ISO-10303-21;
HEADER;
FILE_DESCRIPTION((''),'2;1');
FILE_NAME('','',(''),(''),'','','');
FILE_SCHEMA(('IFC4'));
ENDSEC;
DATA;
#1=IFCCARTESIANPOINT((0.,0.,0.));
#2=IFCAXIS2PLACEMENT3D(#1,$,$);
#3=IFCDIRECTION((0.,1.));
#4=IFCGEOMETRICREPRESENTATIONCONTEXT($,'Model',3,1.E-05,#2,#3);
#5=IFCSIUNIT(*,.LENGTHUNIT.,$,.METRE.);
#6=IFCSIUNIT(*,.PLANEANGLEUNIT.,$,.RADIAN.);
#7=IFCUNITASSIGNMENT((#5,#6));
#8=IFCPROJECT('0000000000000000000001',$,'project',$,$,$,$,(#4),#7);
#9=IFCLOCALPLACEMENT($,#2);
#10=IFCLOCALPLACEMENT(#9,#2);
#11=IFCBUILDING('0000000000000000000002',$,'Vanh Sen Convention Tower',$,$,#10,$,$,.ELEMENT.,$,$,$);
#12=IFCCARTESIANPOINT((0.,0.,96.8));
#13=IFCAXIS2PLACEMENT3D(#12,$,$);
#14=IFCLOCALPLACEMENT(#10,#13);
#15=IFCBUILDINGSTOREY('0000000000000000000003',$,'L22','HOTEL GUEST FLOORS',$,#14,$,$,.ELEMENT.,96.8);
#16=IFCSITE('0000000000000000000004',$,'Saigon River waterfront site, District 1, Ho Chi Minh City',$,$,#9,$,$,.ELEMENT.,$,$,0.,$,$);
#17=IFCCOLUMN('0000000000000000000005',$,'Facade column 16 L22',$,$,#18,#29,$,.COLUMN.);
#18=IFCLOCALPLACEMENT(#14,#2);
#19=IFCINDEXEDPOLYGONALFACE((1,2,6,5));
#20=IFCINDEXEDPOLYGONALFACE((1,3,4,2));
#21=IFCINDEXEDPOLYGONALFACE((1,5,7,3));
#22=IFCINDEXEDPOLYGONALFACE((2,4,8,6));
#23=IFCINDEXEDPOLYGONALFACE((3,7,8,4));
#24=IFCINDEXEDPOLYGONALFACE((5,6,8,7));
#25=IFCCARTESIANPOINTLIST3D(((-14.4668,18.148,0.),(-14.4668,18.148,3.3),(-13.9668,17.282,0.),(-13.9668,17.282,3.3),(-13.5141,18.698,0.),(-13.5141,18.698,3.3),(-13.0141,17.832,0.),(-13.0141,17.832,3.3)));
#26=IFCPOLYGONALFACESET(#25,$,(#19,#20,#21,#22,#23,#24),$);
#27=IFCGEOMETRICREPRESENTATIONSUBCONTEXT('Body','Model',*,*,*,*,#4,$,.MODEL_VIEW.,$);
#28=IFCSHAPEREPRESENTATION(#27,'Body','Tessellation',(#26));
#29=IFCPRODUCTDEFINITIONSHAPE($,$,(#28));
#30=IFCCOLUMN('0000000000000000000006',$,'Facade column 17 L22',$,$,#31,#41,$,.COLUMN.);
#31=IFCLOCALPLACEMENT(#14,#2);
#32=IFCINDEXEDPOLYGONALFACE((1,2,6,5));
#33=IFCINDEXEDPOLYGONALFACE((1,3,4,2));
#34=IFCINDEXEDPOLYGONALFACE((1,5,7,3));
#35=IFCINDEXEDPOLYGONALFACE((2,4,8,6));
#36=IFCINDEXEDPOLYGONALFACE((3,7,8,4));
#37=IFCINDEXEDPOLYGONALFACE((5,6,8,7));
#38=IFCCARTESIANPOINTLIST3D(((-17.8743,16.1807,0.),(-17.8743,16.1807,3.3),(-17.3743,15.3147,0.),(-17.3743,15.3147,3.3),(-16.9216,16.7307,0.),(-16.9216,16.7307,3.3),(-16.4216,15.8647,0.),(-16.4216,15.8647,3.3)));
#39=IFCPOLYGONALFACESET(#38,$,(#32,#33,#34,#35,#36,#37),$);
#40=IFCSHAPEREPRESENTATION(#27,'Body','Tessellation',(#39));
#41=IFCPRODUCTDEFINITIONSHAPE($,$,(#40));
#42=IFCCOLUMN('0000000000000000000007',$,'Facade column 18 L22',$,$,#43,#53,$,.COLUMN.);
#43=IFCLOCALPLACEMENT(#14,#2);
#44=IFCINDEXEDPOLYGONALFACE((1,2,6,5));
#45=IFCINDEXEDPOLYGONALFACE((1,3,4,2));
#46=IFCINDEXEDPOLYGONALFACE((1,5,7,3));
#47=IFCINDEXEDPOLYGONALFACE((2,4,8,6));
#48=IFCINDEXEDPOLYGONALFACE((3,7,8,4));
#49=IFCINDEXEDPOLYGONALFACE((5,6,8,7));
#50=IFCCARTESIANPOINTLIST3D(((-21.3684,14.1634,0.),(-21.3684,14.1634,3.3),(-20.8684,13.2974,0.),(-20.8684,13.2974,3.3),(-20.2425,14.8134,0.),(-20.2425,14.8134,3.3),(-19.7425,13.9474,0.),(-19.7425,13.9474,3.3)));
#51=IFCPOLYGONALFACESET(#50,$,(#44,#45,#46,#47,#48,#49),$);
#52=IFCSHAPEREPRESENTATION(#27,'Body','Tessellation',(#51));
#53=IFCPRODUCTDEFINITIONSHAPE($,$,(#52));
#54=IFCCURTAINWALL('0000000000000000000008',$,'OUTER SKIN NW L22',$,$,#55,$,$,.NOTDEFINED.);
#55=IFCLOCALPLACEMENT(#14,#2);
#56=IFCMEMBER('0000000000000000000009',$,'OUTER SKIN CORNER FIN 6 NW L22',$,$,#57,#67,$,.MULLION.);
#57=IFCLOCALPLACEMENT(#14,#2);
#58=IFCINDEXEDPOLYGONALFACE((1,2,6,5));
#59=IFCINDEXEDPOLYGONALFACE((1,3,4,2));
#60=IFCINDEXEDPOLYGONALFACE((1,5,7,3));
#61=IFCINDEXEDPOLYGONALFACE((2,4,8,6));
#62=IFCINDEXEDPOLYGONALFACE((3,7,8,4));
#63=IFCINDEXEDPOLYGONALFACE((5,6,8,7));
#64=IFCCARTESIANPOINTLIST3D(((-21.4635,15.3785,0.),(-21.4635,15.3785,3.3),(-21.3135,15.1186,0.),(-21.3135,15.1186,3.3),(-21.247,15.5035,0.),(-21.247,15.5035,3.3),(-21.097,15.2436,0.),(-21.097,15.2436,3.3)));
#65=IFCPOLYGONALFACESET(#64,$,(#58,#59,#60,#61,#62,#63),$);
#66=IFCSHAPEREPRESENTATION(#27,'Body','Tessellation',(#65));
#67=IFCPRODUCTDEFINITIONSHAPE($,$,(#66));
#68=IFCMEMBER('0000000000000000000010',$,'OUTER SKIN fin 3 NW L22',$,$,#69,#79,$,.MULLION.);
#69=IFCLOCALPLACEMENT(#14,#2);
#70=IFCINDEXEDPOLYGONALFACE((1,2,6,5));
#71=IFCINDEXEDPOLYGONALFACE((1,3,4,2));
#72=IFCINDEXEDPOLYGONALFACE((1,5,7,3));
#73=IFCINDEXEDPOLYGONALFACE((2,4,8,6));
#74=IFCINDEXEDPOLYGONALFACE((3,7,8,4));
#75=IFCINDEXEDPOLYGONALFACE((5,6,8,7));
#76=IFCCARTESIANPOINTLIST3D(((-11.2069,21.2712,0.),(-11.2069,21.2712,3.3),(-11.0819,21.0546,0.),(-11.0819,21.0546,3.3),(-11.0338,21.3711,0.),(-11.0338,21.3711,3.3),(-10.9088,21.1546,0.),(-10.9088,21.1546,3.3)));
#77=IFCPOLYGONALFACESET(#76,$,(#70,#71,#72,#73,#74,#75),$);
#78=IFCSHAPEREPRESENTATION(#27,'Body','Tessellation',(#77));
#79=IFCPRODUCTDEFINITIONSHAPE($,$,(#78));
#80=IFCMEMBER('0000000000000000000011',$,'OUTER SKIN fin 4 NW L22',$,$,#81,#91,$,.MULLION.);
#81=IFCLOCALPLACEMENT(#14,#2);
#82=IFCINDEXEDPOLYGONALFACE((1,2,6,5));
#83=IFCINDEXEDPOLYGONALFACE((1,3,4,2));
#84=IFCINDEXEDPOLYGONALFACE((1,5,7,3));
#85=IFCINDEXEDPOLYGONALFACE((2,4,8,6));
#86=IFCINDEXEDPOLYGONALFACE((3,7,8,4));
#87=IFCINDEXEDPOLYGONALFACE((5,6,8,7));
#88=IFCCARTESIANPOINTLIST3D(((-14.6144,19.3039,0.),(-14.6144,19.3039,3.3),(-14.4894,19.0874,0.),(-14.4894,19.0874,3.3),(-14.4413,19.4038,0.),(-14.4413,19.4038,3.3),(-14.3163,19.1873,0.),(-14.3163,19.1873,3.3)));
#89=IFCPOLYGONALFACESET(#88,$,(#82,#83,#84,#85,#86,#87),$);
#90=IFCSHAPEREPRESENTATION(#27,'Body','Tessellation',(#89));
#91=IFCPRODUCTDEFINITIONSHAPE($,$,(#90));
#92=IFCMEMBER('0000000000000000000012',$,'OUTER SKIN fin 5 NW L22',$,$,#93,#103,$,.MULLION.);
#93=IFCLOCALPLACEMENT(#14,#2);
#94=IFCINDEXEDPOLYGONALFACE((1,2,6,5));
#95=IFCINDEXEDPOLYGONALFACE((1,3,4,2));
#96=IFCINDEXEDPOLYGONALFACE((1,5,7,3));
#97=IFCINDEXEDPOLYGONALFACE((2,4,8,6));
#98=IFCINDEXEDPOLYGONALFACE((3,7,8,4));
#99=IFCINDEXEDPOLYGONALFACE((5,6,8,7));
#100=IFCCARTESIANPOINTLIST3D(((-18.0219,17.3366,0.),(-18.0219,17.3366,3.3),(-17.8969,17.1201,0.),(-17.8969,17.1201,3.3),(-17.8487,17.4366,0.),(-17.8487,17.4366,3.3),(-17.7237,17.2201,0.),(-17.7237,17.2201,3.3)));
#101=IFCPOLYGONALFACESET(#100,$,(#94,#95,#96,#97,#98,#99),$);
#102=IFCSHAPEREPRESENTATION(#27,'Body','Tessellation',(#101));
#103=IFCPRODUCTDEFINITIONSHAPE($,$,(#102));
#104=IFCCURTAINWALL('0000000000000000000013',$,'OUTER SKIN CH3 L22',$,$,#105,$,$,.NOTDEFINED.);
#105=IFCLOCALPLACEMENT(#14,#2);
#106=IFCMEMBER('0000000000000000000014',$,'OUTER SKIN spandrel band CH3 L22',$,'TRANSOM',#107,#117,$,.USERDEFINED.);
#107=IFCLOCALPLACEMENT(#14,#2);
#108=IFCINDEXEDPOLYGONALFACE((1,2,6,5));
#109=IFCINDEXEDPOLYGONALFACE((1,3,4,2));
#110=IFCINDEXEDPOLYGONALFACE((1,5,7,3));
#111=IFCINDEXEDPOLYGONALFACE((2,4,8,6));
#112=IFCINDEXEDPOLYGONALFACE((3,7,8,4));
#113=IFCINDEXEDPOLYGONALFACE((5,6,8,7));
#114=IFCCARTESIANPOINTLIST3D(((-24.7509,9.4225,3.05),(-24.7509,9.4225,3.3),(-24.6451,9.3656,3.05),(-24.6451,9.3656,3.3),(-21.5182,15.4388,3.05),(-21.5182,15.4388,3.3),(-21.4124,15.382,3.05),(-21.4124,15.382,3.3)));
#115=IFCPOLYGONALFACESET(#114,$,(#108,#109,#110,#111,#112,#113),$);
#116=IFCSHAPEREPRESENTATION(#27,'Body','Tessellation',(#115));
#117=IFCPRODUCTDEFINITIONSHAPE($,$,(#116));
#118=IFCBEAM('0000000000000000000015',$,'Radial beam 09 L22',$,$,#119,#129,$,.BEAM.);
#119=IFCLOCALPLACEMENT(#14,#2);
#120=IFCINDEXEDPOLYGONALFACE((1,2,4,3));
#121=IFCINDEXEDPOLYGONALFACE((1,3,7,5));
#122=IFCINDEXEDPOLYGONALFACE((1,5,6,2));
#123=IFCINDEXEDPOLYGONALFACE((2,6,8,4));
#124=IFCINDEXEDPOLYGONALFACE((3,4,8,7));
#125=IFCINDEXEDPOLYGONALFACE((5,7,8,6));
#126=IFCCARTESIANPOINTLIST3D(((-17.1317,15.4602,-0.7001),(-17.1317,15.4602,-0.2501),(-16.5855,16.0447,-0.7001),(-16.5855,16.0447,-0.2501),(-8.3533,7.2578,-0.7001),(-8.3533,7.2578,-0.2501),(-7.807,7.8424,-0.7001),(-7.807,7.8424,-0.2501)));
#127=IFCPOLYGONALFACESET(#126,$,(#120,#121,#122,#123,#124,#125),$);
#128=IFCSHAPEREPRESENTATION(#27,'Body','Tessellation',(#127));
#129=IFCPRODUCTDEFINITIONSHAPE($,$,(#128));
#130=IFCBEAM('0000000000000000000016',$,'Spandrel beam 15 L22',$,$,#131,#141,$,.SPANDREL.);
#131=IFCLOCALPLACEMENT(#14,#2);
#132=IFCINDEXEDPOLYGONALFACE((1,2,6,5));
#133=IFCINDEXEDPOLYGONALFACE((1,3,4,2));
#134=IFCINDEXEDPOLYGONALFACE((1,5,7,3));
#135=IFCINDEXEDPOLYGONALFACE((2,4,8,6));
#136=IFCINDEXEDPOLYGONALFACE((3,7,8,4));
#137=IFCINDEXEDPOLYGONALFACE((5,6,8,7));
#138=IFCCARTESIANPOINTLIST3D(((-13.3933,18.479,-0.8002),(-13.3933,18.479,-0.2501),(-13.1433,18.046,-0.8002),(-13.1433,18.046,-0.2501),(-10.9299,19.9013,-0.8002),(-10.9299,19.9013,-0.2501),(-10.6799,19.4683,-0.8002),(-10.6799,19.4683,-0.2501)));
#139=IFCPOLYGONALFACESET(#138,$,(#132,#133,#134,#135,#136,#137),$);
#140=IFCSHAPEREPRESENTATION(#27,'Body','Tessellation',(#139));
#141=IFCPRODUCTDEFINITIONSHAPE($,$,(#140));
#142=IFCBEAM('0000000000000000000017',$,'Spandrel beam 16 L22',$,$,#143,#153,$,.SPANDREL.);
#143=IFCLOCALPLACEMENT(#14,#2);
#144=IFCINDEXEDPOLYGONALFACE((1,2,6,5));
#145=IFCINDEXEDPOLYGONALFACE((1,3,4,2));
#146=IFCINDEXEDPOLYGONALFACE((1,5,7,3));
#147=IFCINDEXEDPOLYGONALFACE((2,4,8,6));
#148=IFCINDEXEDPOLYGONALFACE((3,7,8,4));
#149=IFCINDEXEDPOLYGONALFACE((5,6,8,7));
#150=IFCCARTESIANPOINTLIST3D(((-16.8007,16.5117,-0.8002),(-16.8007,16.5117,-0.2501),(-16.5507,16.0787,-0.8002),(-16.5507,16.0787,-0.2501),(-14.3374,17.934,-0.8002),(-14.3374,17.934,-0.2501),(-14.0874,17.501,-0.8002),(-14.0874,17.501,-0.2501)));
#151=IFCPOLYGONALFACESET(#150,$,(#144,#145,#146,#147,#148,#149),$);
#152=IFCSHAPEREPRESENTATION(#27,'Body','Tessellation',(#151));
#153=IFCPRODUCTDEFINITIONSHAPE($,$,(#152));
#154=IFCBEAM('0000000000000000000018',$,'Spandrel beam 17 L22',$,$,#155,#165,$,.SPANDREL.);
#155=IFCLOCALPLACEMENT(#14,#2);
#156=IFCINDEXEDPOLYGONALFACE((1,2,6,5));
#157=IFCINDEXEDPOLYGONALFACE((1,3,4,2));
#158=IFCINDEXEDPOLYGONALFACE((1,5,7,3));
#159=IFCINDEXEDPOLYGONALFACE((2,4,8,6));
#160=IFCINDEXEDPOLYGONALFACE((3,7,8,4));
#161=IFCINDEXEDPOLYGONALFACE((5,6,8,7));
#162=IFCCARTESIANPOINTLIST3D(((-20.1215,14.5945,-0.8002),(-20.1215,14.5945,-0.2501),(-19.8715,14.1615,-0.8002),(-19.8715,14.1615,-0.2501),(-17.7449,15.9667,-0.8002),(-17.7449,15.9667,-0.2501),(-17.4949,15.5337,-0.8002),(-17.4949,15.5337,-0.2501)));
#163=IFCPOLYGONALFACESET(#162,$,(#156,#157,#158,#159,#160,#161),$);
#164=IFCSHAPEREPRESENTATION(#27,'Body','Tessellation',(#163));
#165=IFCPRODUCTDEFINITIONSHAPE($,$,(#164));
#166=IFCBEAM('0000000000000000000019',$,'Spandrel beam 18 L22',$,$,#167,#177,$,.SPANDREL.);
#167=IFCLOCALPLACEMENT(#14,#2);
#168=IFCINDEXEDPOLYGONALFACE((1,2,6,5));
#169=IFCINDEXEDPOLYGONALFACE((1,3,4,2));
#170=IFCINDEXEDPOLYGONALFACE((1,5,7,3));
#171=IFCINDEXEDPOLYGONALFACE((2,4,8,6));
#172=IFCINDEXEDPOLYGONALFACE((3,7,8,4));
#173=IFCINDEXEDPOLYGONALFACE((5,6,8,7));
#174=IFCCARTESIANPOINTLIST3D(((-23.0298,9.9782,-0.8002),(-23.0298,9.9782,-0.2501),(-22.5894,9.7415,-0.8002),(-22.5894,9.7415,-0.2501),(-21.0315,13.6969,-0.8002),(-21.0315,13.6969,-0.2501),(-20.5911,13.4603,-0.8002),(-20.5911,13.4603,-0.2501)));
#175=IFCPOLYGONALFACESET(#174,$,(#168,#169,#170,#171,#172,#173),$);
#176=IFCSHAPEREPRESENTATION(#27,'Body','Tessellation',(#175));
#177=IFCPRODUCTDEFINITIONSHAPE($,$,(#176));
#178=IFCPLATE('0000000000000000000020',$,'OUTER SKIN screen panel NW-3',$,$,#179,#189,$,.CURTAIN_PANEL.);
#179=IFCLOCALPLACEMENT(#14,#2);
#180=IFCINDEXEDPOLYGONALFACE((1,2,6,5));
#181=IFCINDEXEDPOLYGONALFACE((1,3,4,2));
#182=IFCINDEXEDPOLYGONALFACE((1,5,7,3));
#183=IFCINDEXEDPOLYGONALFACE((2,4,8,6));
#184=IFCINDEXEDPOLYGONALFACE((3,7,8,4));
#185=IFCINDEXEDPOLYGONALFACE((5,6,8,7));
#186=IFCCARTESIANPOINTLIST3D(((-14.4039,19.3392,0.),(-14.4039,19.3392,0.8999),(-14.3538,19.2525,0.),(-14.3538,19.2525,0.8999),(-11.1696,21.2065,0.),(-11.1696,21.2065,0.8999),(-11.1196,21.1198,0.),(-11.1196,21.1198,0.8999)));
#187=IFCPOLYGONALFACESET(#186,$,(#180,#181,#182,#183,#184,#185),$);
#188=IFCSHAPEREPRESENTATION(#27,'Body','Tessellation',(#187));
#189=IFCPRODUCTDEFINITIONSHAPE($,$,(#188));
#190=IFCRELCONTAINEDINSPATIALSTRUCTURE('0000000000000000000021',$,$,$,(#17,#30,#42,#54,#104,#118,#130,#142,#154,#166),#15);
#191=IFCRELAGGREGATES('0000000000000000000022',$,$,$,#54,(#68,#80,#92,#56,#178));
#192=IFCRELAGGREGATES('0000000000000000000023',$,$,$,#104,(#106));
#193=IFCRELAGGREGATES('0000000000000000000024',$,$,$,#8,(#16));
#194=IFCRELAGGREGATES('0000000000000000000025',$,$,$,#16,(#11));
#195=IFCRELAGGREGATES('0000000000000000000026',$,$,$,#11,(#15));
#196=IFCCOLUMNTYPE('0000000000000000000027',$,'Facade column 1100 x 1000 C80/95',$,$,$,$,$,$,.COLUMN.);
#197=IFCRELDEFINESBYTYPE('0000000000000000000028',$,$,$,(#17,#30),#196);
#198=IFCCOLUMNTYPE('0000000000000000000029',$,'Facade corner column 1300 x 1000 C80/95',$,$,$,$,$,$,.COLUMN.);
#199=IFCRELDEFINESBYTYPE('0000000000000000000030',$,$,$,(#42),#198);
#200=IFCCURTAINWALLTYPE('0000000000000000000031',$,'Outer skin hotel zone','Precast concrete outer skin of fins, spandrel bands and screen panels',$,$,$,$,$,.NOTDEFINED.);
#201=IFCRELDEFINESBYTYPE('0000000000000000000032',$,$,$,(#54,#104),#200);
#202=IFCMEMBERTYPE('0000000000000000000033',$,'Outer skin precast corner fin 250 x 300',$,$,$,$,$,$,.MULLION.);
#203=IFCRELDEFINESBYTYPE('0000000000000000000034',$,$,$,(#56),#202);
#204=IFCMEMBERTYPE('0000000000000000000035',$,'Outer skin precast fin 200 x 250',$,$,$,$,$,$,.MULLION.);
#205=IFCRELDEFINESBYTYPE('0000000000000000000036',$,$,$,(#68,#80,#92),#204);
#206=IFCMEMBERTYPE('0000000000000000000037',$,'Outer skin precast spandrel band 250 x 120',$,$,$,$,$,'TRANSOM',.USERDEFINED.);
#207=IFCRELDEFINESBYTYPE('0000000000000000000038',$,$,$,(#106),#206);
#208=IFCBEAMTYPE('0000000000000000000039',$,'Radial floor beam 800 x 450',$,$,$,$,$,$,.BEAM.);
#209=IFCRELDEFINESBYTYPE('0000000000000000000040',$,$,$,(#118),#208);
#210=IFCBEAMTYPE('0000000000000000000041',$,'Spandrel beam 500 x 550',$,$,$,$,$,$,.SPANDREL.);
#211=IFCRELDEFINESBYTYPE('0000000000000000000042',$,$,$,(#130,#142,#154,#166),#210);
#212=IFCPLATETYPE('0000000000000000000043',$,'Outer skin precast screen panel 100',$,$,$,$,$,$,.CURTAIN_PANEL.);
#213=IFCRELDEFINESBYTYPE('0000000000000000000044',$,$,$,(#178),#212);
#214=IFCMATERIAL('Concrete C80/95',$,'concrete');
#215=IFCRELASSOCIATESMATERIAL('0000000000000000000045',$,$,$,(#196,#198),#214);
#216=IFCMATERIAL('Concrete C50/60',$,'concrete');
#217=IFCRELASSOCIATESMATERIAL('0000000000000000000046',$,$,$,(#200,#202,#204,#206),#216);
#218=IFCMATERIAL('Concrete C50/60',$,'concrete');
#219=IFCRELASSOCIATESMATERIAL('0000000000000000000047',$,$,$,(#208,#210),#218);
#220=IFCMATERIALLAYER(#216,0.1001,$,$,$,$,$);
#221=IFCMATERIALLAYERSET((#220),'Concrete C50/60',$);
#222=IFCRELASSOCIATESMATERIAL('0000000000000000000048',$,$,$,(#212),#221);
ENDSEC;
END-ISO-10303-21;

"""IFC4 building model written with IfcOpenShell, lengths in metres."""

from ifc_helpers import new_model, si_unit, direction, frame, origin, origin_2d, place, context, subcontext, project, spatial, rectangle, extrude, material, layer, layer_set, material_profile, profile_set, type_object, element, aggregate, save


model = new_model("IFC4")

# Units and contexts
model_context = context("Model", 3, precision=1e-05, world=origin(), true_north=direction((0.0, 1.0)))
body_context = subcontext(model_context, "Body", "Model", "MODEL_VIEW")
ifc_project = project(units=[si_unit("LENGTHUNIT", "METRE"), si_unit("PLANEANGLEUNIT", "RADIAN")], contexts=[model_context])

# Site, building, storey
site_placement = place(None, origin())
site = spatial("IfcSite", under=ifc_project, at=site_placement, Name="Saigon River waterfront site, District 1, Ho Chi Minh City", CompositionType="ELEMENT", RefElevation=0.0)
building_placement = place(site_placement, origin())
building = spatial("IfcBuilding", under=site, at=building_placement, Name="Vanh Sen Convention Tower", CompositionType="ELEMENT")
storey_placement = place(building_placement, frame((0.0, 0.0, 96.8)))
storey = spatial("IfcBuildingStorey", under=building, at=storey_placement, Name="L22", Description="HOTEL GUEST FLOORS", CompositionType="ELEMENT", Elevation=96.8)

# Columns
ifc_material_1 = material(Name="Concrete C80/95", Category="concrete")
ifc_material_profile_1 = material_profile(ifc_material_1, rectangle(XDim=1.1001, YDim=1.0, at=origin_2d()), Name="RC 1100X1000")
ifc_profile_set_1 = profile_set([ifc_material_profile_1], Name="Concrete C80/95")
column_type_1 = type_object("IfcColumnType", Name="Facade column 1100 x 1000 C80/95", PredefinedType="COLUMN", material=ifc_profile_set_1)
for number, where, z_axis, x_axis, name in (
    (1, (-13.7405, 17.99, 0.0), (0.0, 0.0, 1.0), (-0.866025, -0.5, 0.0), "Facade column 16 L22"),
    (2, (-17.1479, 16.0227, 0.0), (0.0, 0.0, 1.0), (-0.866025, -0.5, 0.0), "Facade column 17 L22"),
):
    element("IfcColumn", number, at=place(storey_placement, frame(where, z_axis=z_axis, x_axis=x_axis)), inside=storey, type_object=column_type_1, Name=name, PredefinedType="COLUMN", context=body_context, shape_type="SweptSolid", body=[
        extrude(rectangle(XDim=1.1001, YDim=1.0, at=origin_2d()), origin(), (0.0, 0.0, 1.0), 3.3),
    ])
ifc_material_profile_2 = material_profile(ifc_material_1, rectangle(XDim=1.3, YDim=1.0, at=origin_2d()), Name="RC 1300X1000")
ifc_profile_set_2 = profile_set([ifc_material_profile_2], Name="Concrete C80/95")
column_type_2 = type_object("IfcColumnType", Name="Facade corner column 1300 x 1000 C80/95", PredefinedType="COLUMN", material=ifc_profile_set_2)
column_placement = place(storey_placement, frame((-20.5554, 14.0554, 0.0), z_axis=(0.0, 0.0, 1.0), x_axis=(-0.866025, -0.5, 0.0)))
element("IfcColumn", 3, at=column_placement, inside=storey, type_object=column_type_2, Name="Facade column 18 L22", PredefinedType="COLUMN", context=body_context, shape_type="SweptSolid", body=[
    extrude(rectangle(XDim=1.3, YDim=1.0, at=origin_2d()), origin(), (0.0, 0.0, 1.0), 3.3),
])

# Curtain wall, members
ifc_material_2 = material(Name="Concrete C50/60", Category="concrete")
curtain_wall_type = type_object("IfcCurtainWallType", Name="Outer skin hotel zone", Description="Precast concrete outer skin of fins, spandrel bands and screen panels", PredefinedType="NOTDEFINED", material=ifc_material_2)
curtain_wall_1_placement = place(storey_placement, origin())
curtain_wall_1 = element("IfcCurtainWall", 4, at=curtain_wall_1_placement, inside=storey, type_object=curtain_wall_type, Name="OUTER SKIN NW L22", PredefinedType="NOTDEFINED")
ifc_material_profile_3 = material_profile(ifc_material_2, rectangle(XDim=0.25, YDim=0.3, at=origin_2d()), Name="Outer skin precast corner fin 250 x 300")
ifc_profile_set_3 = profile_set([ifc_material_profile_3], Name="Concrete C50/60")
member_type_1 = type_object("IfcMemberType", Name="Outer skin precast corner fin 250 x 300", PredefinedType="MULLION", material=ifc_profile_set_3)
member_1_placement = place(storey_placement, frame((-21.2803, 15.311, 0.0), z_axis=(0.0, 0.0, 1.0), x_axis=(-0.866025, -0.5, 0.0)))
member_1 = element("IfcMember", 5, at=member_1_placement, type_object=member_type_1, Name="OUTER SKIN CORNER FIN 6 NW L22", PredefinedType="MULLION", context=body_context, shape_type="SweptSolid", body=[
    extrude(rectangle(XDim=0.25, YDim=0.3, at=origin_2d()), origin(), (0.0, 0.0, 1.0), 3.3),
])
ifc_material_profile_4 = material_profile(ifc_material_2, rectangle(XDim=0.2, YDim=0.25, at=origin_2d()), Name="Outer skin precast fin 200 x 250")
ifc_profile_set_4 = profile_set([ifc_material_profile_4], Name="Concrete C50/60")
member_type_2 = type_object("IfcMemberType", Name="Outer skin precast fin 200 x 250", PredefinedType="MULLION", material=ifc_profile_set_4)
member_2_placement = place(storey_placement, frame((-11.0579, 21.2129, 0.0), z_axis=(0.0, 0.0, 1.0), x_axis=(-0.866025, -0.5, 0.0)))
member_2 = element("IfcMember", 6, at=member_2_placement, type_object=member_type_2, Name="OUTER SKIN fin 3 NW L22", PredefinedType="MULLION", context=body_context, shape_type="SweptSolid", body=[
    extrude(rectangle(XDim=0.2, YDim=0.25, at=origin_2d()), origin(), (0.0, 0.0, 1.0), 3.3),
])
member_3_placement = place(storey_placement, frame((-14.4653, 19.2456, 0.0), z_axis=(0.0, 0.0, 1.0), x_axis=(-0.866025, -0.5, 0.0)))
member_3 = element("IfcMember", 7, at=member_3_placement, type_object=member_type_2, Name="OUTER SKIN fin 4 NW L22", PredefinedType="MULLION", context=body_context, shape_type="SweptSolid", body=[
    extrude(rectangle(XDim=0.2, YDim=0.25, at=origin_2d()), origin(), (0.0, 0.0, 1.0), 3.3),
])
member_4_placement = place(storey_placement, frame((-17.8728, 17.2783, 0.0), z_axis=(0.0, 0.0, 1.0), x_axis=(-0.866025, -0.5, 0.0)))
member_4 = element("IfcMember", 8, at=member_4_placement, type_object=member_type_2, Name="OUTER SKIN fin 5 NW L22", PredefinedType="MULLION", context=body_context, shape_type="SweptSolid", body=[
    extrude(rectangle(XDim=0.2, YDim=0.25, at=origin_2d()), origin(), (0.0, 0.0, 1.0), 3.3),
])

# Curtain wall, member
curtain_wall_2_placement = place(storey_placement, origin())
curtain_wall_2 = element("IfcCurtainWall", 9, at=curtain_wall_2_placement, inside=storey, type_object=curtain_wall_type, Name="OUTER SKIN CH3 L22", PredefinedType="NOTDEFINED")
ifc_material_profile_5 = material_profile(ifc_material_2, rectangle(XDim=0.1201, YDim=0.25, at=origin_2d()), Name="Outer skin precast spandrel band 250 x 120")
ifc_profile_set_5 = profile_set([ifc_material_profile_5], Name="Concrete C50/60")
member_type_3 = type_object("IfcMemberType", Name="Outer skin precast spandrel band 250 x 120", ElementType="TRANSOM", PredefinedType="USERDEFINED", material=ifc_profile_set_5)
member_5_placement = place(storey_placement, frame((-21.4653, 15.4104, 3.175), z_axis=(-0.473315, -0.880893, 0.0), x_axis=(0.880893, -0.473315, 0.0)))
member_5 = element("IfcMember", 10, at=member_5_placement, type_object=member_type_3, Name="OUTER SKIN spandrel band CH3 L22", ObjectType="TRANSOM", PredefinedType="USERDEFINED", context=body_context, shape_type="SweptSolid", body=[
    extrude(rectangle(XDim=0.1201, YDim=0.25, at=origin_2d()), origin(), (0.0, 0.0, 1.0), 6.8298),
])

# Beams
ifc_material_3 = material(Name="Concrete C50/60", Category="concrete")
ifc_material_profile_6 = material_profile(ifc_material_3, rectangle(XDim=0.8, YDim=0.45, at=origin_2d()), Name="RC 800X450")
ifc_profile_set_6 = profile_set([ifc_material_profile_6], Name="Concrete C50/60")
beam_type_1 = type_object("IfcBeamType", Name="Radial floor beam 800 x 450", PredefinedType="BEAM", material=ifc_profile_set_6)
beam_1_placement = place(storey_placement, frame((-16.8586, 15.7524, -0.4751), z_axis=(0.730679, -0.682721, 0.0), x_axis=(0.682721, 0.730679, 0.0)))
element("IfcBeam", 11, at=beam_1_placement, inside=storey, type_object=beam_type_1, Name="Radial beam 09 L22", PredefinedType="BEAM", context=body_context, shape_type="SweptSolid", body=[
    extrude(rectangle(XDim=0.8, YDim=0.45, at=origin_2d()), origin(), (0.0, 0.0, 1.0), 12.0142),
])
ifc_material_profile_7 = material_profile(ifc_material_3, rectangle(XDim=0.5, YDim=0.55, at=origin_2d()), Name="RC 500X550")
ifc_profile_set_7 = profile_set([ifc_material_profile_7], Name="Concrete C50/60")
beam_type_2 = type_object("IfcBeamType", Name="Spandrel beam 500 x 550", PredefinedType="SPANDREL", material=ifc_profile_set_7)
for number, where, z_axis, x_axis, name in (
    (12, (-10.8049, 19.6848, -0.5251), (-0.866005, -0.500034, 0.0), (0.500034, -0.866005, 0.0), "Spandrel beam 15 L22"),
    (13, (-14.2124, 17.7175, -0.5251), (-0.866005, -0.500034, 0.0), (0.500034, -0.866005, 0.0), "Spandrel beam 16 L22"),
):
    element("IfcBeam", number, at=place(storey_placement, frame(where, z_axis=z_axis, x_axis=x_axis)), inside=storey, type_object=beam_type_2, Name=name, PredefinedType="SPANDREL", context=body_context, shape_type="SweptSolid", body=[
        extrude(rectangle(XDim=0.5, YDim=0.55, at=origin_2d()), origin(), (0.0, 0.0, 1.0), 2.8445),
    ])
beam_2_placement = place(storey_placement, frame((-17.6199, 15.7502, -0.5251), z_axis=(-0.866006, -0.500033, 0.0), x_axis=(0.500033, -0.866006, 0.0)))
element("IfcBeam", 14, at=beam_2_placement, inside=storey, type_object=beam_type_2, Name="Spandrel beam 17 L22", PredefinedType="SPANDREL", context=body_context, shape_type="SweptSolid", body=[
    extrude(rectangle(XDim=0.5, YDim=0.55, at=origin_2d()), origin(), (0.0, 0.0, 1.0), 2.7444),
])
beam_3_placement = place(storey_placement, frame((-20.8113, 13.5786, -0.5251), z_axis=(-0.473344, -0.880877, 0.0), x_axis=(0.880877, -0.473344, 0.0)))
element("IfcBeam", 15, at=beam_3_placement, inside=storey, type_object=beam_type_2, Name="Spandrel beam 18 L22", PredefinedType="SPANDREL", context=body_context, shape_type="SweptSolid", body=[
    extrude(rectangle(XDim=0.5, YDim=0.55, at=origin_2d()), origin(), (0.0, 0.0, 1.0), 4.2217),
])

# Plate
ifc_layer_1 = layer(ifc_material_2, 0.1001)
ifc_layer_set_1 = layer_set([ifc_layer_1], Name="Concrete C50/60")
plate_type = type_object("IfcPlateType", Name="Outer skin precast screen panel 100", PredefinedType="CURTAIN_PANEL", material=ifc_layer_set_1)
plate_1_placement = place(storey_placement, frame((-12.7617, 20.2295, 0.0), z_axis=(0.0, 0.0, 1.0), x_axis=(-0.866028, -0.499995, 0.0)))
plate_1 = element("IfcPlate", 16, at=plate_1_placement, type_object=plate_type, Name="OUTER SKIN screen panel NW-3", PredefinedType="CURTAIN_PANEL", context=body_context, shape_type="SweptSolid", body=[
    extrude(rectangle(XDim=3.7346, YDim=0.1001, at=origin_2d()), origin(), (0.0, 0.0, 1.0), 0.8999),
])
aggregate(curtain_wall_1, [member_2, member_3, member_4, member_1, plate_1])
aggregate(curtain_wall_2, [member_5])

save(model, "model.ifc")
